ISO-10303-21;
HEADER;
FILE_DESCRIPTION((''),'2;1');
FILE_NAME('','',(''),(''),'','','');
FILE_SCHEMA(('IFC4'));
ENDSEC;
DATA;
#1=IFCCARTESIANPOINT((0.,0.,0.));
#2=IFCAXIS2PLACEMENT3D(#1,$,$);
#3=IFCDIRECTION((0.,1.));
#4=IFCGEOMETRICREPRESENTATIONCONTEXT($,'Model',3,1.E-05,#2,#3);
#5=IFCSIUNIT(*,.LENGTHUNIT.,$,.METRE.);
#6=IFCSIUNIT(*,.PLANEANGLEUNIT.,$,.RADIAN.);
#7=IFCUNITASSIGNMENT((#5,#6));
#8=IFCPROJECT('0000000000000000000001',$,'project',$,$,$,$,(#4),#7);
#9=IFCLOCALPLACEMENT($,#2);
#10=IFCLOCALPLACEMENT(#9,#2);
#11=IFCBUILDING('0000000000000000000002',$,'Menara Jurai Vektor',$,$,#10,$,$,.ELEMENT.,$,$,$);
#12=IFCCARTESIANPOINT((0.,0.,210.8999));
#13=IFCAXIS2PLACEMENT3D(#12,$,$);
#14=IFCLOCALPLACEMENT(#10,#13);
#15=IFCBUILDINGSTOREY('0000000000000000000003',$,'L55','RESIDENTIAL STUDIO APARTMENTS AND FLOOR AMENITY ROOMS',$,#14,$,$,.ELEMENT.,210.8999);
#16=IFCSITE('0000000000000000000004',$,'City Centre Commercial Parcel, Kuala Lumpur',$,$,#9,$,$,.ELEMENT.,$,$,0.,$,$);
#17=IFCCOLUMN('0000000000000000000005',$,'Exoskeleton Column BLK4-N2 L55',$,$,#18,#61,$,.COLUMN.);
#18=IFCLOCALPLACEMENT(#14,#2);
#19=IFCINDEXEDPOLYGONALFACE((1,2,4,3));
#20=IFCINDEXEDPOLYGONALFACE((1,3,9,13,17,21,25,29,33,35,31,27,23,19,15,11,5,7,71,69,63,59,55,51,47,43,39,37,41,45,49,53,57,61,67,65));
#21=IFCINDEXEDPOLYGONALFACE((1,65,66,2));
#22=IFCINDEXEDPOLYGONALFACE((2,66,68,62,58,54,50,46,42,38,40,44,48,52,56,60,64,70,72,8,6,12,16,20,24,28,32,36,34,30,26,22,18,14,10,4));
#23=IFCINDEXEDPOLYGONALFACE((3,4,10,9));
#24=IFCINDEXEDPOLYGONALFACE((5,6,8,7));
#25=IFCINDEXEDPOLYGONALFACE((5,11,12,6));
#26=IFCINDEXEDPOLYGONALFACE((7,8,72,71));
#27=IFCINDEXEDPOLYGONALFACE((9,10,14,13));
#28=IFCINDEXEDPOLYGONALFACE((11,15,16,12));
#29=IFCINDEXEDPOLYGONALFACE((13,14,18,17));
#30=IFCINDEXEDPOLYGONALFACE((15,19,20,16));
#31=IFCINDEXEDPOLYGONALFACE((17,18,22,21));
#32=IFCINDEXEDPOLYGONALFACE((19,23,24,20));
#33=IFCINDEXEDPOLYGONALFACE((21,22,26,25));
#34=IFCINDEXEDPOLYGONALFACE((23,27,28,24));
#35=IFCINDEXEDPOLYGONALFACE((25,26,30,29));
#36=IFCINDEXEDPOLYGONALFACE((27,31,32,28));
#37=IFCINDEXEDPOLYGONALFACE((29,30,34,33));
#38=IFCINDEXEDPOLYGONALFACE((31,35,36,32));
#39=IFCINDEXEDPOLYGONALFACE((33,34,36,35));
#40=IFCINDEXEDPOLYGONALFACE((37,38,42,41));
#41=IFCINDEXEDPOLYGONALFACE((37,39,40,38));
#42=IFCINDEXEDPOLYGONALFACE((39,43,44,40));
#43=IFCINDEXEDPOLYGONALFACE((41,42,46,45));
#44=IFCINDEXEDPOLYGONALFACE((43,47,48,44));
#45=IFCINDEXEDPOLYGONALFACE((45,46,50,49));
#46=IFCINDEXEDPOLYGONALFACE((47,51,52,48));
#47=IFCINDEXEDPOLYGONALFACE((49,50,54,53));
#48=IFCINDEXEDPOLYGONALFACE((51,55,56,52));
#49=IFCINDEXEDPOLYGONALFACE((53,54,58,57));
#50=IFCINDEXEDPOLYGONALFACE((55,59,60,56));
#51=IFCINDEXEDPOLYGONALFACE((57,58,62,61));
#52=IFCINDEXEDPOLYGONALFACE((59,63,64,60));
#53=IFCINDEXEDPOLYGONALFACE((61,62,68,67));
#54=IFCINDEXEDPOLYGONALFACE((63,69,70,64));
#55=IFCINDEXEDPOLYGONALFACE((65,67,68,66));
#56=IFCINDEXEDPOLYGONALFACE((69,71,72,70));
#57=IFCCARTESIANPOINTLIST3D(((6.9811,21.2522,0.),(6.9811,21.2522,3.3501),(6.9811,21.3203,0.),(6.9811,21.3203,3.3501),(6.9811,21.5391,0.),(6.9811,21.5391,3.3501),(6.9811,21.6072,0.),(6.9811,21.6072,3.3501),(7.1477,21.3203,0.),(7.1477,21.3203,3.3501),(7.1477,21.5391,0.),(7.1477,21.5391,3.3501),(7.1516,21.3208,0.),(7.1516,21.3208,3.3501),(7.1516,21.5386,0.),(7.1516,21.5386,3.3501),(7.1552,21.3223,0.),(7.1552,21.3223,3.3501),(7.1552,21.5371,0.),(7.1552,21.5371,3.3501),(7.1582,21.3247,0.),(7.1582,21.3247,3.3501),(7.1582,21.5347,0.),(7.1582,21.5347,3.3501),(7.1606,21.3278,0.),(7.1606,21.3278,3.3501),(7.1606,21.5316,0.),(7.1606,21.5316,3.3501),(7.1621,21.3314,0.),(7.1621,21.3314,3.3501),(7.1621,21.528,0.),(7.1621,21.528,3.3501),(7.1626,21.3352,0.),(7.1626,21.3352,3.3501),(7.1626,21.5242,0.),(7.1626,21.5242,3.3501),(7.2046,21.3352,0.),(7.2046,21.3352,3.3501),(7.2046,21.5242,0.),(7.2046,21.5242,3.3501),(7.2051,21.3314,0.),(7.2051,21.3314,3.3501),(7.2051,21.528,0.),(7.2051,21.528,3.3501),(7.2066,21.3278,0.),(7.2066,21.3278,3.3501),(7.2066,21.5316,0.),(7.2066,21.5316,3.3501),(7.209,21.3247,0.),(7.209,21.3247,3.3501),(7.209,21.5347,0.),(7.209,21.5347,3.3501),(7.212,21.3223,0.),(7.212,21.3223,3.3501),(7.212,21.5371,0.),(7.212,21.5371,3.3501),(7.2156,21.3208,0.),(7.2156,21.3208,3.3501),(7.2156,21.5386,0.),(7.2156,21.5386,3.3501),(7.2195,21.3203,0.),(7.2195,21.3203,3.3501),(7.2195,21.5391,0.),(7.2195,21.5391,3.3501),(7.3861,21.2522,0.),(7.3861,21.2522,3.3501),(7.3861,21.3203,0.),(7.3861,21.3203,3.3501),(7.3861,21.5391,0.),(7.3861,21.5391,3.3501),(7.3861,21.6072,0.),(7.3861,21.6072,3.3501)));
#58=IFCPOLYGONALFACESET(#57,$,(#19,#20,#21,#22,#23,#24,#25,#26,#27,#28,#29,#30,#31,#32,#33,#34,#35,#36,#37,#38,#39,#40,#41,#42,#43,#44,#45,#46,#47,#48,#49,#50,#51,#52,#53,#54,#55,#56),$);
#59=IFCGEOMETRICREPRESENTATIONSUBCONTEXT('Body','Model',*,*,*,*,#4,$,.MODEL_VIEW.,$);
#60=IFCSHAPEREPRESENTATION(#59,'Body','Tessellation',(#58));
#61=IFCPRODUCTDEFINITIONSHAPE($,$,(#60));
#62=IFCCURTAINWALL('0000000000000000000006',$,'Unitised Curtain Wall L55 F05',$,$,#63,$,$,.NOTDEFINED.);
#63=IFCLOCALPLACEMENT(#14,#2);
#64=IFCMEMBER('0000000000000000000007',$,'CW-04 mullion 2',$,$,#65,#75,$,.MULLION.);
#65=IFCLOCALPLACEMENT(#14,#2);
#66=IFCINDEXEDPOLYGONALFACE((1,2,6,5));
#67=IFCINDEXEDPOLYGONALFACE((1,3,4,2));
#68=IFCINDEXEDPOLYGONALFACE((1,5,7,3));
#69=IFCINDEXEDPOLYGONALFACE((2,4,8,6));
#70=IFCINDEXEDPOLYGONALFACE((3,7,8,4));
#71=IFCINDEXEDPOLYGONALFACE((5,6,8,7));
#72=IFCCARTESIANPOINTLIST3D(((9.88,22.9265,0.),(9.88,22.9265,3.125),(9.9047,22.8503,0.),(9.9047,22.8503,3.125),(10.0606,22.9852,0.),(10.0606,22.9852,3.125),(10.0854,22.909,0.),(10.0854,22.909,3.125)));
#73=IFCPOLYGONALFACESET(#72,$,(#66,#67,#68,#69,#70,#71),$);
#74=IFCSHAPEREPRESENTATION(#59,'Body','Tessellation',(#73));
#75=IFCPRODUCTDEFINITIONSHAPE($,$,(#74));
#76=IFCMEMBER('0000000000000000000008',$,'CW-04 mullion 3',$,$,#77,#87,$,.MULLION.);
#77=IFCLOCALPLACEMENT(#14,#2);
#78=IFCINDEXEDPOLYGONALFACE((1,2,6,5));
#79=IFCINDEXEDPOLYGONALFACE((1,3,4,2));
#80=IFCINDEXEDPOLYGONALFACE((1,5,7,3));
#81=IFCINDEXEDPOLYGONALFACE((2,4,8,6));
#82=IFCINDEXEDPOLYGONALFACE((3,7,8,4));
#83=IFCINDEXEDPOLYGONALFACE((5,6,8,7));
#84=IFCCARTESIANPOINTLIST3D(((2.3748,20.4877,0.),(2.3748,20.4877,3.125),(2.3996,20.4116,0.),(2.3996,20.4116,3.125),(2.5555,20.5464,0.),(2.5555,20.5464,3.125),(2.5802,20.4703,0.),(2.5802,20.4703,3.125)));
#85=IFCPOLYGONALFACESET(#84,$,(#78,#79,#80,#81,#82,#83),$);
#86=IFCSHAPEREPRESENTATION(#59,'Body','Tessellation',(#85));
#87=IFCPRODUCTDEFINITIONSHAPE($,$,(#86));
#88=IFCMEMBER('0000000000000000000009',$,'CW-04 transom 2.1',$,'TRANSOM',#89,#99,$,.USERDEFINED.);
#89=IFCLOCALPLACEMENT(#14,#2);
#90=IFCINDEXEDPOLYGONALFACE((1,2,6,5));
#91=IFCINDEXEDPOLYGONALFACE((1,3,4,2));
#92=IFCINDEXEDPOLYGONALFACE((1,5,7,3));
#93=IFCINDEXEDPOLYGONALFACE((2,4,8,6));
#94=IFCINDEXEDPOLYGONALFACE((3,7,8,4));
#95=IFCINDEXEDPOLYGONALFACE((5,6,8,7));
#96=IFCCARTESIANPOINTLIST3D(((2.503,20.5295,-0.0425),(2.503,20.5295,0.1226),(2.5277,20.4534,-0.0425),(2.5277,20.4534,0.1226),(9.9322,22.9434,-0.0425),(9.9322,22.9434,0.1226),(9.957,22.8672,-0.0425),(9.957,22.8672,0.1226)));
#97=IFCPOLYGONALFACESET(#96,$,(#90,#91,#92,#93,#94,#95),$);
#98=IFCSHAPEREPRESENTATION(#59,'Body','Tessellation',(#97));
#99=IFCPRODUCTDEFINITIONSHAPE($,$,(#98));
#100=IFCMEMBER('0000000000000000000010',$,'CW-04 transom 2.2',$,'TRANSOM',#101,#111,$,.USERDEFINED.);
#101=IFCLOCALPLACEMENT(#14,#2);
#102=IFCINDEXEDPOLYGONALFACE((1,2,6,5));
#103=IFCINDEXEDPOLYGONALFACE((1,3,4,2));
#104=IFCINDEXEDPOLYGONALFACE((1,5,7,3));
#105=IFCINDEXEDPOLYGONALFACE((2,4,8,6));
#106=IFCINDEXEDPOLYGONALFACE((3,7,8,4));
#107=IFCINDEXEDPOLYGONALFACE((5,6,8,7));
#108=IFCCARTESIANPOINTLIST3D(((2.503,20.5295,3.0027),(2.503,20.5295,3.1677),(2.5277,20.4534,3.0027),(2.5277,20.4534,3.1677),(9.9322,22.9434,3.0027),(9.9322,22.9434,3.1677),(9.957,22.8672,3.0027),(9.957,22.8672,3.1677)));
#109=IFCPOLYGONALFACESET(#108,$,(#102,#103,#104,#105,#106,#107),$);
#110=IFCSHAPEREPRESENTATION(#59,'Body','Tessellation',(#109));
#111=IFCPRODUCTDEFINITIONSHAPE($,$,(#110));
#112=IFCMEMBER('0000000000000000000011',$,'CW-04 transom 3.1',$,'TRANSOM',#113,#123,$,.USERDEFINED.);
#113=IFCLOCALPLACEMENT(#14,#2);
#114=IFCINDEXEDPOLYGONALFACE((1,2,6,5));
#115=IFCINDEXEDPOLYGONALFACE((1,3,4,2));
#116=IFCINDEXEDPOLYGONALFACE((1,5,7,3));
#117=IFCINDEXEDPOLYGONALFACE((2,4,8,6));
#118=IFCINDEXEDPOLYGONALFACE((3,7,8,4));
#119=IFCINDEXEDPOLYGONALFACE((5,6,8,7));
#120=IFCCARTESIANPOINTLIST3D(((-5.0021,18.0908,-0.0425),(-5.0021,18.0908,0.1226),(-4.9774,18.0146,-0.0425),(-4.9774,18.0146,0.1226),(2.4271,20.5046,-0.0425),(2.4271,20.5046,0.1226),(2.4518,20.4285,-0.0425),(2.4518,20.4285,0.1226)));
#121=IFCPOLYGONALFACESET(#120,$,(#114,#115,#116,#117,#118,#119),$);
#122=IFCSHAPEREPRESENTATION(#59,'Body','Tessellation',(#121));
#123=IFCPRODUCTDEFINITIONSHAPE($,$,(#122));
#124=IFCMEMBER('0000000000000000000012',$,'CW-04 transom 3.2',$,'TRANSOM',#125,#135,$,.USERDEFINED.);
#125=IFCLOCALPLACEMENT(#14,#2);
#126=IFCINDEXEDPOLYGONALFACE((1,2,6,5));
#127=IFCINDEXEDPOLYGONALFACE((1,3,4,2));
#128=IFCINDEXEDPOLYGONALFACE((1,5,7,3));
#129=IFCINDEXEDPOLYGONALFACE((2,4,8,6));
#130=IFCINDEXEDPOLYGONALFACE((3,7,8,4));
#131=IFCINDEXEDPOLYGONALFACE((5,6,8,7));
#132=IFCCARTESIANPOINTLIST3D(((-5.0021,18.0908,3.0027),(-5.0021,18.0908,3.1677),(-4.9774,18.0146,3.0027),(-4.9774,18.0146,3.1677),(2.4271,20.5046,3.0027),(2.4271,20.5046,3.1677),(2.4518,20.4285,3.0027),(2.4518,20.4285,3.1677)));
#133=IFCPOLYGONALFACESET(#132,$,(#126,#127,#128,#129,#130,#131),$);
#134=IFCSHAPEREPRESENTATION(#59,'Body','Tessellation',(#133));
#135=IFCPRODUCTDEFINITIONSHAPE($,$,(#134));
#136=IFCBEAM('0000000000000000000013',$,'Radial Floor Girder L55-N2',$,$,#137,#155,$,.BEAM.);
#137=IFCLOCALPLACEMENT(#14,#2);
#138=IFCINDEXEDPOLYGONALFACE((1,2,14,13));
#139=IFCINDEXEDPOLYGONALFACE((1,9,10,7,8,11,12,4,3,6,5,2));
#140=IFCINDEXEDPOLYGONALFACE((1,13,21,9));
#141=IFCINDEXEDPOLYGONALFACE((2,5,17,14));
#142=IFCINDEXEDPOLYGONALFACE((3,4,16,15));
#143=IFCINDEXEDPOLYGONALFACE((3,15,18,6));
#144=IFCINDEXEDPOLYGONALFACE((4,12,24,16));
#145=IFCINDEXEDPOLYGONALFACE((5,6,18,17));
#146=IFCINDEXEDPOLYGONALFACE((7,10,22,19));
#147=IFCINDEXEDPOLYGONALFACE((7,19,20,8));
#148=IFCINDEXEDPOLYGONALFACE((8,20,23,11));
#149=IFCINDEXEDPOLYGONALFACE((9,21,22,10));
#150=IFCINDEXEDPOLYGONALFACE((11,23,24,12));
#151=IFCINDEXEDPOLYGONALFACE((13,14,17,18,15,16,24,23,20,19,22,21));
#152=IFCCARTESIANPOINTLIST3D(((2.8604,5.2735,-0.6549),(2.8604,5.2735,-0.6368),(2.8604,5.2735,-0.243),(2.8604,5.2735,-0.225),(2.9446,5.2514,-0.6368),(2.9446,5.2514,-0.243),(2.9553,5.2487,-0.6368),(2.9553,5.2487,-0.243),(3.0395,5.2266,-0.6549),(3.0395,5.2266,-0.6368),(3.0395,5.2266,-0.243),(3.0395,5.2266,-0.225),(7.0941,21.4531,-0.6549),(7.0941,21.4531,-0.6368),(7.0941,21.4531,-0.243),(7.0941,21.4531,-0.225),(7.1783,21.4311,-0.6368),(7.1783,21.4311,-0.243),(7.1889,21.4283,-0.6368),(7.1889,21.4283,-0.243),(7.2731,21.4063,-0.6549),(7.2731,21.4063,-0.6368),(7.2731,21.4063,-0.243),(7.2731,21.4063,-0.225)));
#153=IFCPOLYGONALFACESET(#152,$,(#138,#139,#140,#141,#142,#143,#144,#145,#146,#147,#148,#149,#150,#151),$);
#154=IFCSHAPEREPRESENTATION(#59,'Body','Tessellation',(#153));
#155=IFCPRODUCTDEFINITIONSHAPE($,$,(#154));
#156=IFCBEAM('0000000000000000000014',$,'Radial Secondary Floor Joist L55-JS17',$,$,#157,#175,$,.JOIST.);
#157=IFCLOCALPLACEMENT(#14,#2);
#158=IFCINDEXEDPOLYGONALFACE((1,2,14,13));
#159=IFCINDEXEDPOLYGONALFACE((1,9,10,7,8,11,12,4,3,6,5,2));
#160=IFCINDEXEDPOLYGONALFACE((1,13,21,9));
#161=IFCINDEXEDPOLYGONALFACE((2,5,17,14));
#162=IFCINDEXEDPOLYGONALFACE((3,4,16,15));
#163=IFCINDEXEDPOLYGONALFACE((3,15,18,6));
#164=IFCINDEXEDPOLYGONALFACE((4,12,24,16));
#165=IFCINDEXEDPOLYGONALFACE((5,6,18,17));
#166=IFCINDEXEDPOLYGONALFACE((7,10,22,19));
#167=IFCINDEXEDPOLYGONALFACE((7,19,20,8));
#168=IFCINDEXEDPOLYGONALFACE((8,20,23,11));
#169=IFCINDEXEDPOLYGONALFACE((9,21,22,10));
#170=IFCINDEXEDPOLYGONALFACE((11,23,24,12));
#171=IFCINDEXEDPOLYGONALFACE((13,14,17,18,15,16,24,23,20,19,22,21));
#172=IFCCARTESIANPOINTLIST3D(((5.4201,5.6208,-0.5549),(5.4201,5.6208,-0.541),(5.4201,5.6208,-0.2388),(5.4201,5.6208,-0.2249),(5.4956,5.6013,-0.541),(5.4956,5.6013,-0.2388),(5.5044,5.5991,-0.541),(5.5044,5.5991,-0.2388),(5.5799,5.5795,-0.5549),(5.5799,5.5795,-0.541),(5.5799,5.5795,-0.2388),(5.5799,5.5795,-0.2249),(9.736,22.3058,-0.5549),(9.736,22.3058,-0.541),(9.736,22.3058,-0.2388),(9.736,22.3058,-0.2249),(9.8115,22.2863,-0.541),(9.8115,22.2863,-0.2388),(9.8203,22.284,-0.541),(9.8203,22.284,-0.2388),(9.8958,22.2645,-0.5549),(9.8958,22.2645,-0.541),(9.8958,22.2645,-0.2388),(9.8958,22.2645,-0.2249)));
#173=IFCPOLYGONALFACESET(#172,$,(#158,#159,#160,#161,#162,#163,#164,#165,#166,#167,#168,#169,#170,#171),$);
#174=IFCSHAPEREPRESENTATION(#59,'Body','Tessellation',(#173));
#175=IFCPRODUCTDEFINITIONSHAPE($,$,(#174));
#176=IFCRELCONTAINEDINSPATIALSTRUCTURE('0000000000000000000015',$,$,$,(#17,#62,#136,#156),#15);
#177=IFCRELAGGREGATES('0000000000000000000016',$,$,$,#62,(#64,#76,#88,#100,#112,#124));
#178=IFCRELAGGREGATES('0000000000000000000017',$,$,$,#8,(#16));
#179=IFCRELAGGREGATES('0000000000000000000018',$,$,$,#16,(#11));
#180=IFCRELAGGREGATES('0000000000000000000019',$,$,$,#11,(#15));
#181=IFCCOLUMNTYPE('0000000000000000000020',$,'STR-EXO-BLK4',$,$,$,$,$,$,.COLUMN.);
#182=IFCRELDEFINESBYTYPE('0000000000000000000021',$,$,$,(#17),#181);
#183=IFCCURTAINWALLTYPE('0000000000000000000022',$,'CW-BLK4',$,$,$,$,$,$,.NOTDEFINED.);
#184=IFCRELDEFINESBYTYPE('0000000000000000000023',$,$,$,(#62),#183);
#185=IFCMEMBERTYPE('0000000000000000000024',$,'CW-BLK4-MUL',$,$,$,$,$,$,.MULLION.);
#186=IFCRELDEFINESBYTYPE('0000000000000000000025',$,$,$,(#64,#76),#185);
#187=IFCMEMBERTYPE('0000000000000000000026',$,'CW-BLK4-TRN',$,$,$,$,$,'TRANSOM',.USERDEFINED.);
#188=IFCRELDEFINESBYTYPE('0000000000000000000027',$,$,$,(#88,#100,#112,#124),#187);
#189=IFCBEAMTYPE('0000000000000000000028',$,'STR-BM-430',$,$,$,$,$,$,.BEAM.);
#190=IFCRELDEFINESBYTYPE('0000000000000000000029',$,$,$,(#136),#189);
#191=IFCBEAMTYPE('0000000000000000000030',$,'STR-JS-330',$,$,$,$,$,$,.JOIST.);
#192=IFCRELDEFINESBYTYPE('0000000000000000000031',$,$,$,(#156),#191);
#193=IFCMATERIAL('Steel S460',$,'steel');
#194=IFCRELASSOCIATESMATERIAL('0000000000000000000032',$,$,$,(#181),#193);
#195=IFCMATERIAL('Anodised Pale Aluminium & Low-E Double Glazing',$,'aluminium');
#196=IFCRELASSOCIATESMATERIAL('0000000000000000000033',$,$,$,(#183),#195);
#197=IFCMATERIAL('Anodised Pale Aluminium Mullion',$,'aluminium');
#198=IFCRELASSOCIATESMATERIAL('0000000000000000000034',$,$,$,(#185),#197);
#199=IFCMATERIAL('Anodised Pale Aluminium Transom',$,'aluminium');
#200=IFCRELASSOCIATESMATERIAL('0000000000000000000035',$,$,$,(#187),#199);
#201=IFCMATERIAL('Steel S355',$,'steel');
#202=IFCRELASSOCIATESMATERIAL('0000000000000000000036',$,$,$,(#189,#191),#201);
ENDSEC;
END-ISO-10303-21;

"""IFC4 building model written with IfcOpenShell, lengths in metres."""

from ifc_helpers import new_model, si_unit, direction, frame, origin, origin_2d, place, context, subcontext, project, spatial, rectangle, i_section, extrude, material, material_profile, profile_set, type_object, element, aggregate, save


model = new_model("IFC4")

# Units and contexts
model_context = context("Model", 3, precision=1e-05, world=origin(), true_north=direction((0.0, 1.0)))
body_context = subcontext(model_context, "Body", "Model", "MODEL_VIEW")
ifc_project = project(units=[si_unit("LENGTHUNIT", "METRE"), si_unit("PLANEANGLEUNIT", "RADIAN")], contexts=[model_context])

# Site, building, storey
site_placement = place(None, origin())
site = spatial("IfcSite", under=ifc_project, at=site_placement, Name="City Centre Commercial Parcel, Kuala Lumpur", CompositionType="ELEMENT", RefElevation=0.0)
building_placement = place(site_placement, origin())
building = spatial("IfcBuilding", under=site, at=building_placement, Name="Menara Jurai Vektor", CompositionType="ELEMENT")
storey_placement = place(building_placement, frame((0.0, 0.0, 210.8999)))
storey = spatial("IfcBuildingStorey", under=building, at=storey_placement, Name="L55", Description="RESIDENTIAL STUDIO APARTMENTS AND FLOOR AMENITY ROOMS", CompositionType="ELEMENT", Elevation=210.8999)

# Column
ifc_material_1 = material(Name="Steel S460", Category="steel")
ifc_material_profile_1 = material_profile(ifc_material_1, i_section(OverallWidth=0.405, OverallDepth=0.355, WebThickness=0.042, FlangeThickness=0.0681, FilletRadius=0.0149, at=origin_2d()), Name="HD 400x551")
ifc_profile_set_1 = profile_set([ifc_material_profile_1], Name="Steel S460")
column_type = type_object("IfcColumnType", Name="STR-EXO-BLK4", PredefinedType="COLUMN", material=ifc_profile_set_1)
column_placement = place(storey_placement, frame((7.1836, 21.4297, 0.0), z_axis=(0.0, 0.0, 1.0), x_axis=(1.0, 0.0, 0.0)))
element("IfcColumn", 1, at=column_placement, inside=storey, type_object=column_type, Name="Exoskeleton Column BLK4-N2 L55", PredefinedType="COLUMN", context=body_context, shape_type="SweptSolid", body=[
    extrude(i_section(OverallWidth=0.405, OverallDepth=0.355, WebThickness=0.042, FlangeThickness=0.0681, FilletRadius=0.0149, at=origin_2d()), origin(), (0.0, 0.0, 1.0), 3.3501),
])

# Curtain wall, members
ifc_material_2 = material(Name="Anodised Pale Aluminium & Low-E Double Glazing", Category="aluminium")
curtain_wall_type = type_object("IfcCurtainWallType", Name="CW-BLK4", PredefinedType="NOTDEFINED", material=ifc_material_2)
curtain_wall_placement = place(storey_placement, origin())
curtain_wall = element("IfcCurtainWall", 2, at=curtain_wall_placement, inside=storey, type_object=curtain_wall_type, Name="Unitised Curtain Wall L55 F05", PredefinedType="NOTDEFINED")
ifc_material_3 = material(Name="Anodised Pale Aluminium Mullion", Category="aluminium")
ifc_material_profile_2 = material_profile(ifc_material_3, rectangle(XDim=0.0801, YDim=0.1899, at=origin_2d()), Name="ALU MUL 80x190")
ifc_profile_set_2 = profile_set([ifc_material_profile_2], Name="Anodised Pale Aluminium Mullion")
member_type_1 = type_object("IfcMemberType", Name="CW-BLK4-MUL", PredefinedType="MULLION", material=ifc_profile_set_2)
member_1_placement = place(storey_placement, frame((9.9827, 22.9177, 0.0), z_axis=(0.0, 0.0, 1.0), x_axis=(0.309017, -0.951056, 0.0)))
member_1 = element("IfcMember", 3, at=member_1_placement, type_object=member_type_1, Name="CW-04 mullion 2", PredefinedType="MULLION", context=body_context, shape_type="SweptSolid", body=[
    extrude(rectangle(XDim=0.0801, YDim=0.1899, at=origin_2d()), origin(), (0.0, 0.0, 1.0), 3.125),
])
member_2_placement = place(storey_placement, frame((2.4775, 20.479, 0.0), z_axis=(0.0, 0.0, 1.0), x_axis=(0.309017, -0.951056, 0.0)))
member_2 = element("IfcMember", 4, at=member_2_placement, type_object=member_type_1, Name="CW-04 mullion 3", PredefinedType="MULLION", context=body_context, shape_type="SweptSolid", body=[
    extrude(rectangle(XDim=0.0801, YDim=0.1899, at=origin_2d()), origin(), (0.0, 0.0, 1.0), 3.125),
])
ifc_material_4 = material(Name="Anodised Pale Aluminium Transom", Category="aluminium")
ifc_material_profile_3 = material_profile(ifc_material_4, rectangle(XDim=0.0801, YDim=0.165, at=origin_2d()), Name="ALU TRN 80x165")
ifc_profile_set_3 = profile_set([ifc_material_profile_3], Name="Anodised Pale Aluminium Transom")
member_type_2 = type_object("IfcMemberType", Name="CW-BLK4-TRN", ElementType="TRANSOM", PredefinedType="USERDEFINED", material=ifc_profile_set_3)
member_3_placement = place(storey_placement, frame((9.9446, 22.9053, 0.04), z_axis=(-0.951059, -0.309008, 0.0), x_axis=(0.309008, -0.951059, 0.0)))
member_3 = element("IfcMember", 5, at=member_3_placement, type_object=member_type_2, Name="CW-04 transom 2.1", ObjectType="TRANSOM", PredefinedType="USERDEFINED", context=body_context, shape_type="SweptSolid", body=[
    extrude(rectangle(XDim=0.0801, YDim=0.165, at=origin_2d()), origin(), (0.0, 0.0, 1.0), 7.8115),
])
member_4_placement = place(storey_placement, frame((9.9446, 22.9053, 3.0852), z_axis=(-0.951059, -0.309008, 0.0), x_axis=(0.309008, -0.951059, 0.0)))
member_4 = element("IfcMember", 6, at=member_4_placement, type_object=member_type_2, Name="CW-04 transom 2.2", ObjectType="TRANSOM", PredefinedType="USERDEFINED", context=body_context, shape_type="SweptSolid", body=[
    extrude(rectangle(XDim=0.0801, YDim=0.165, at=origin_2d()), origin(), (0.0, 0.0, 1.0), 7.8115),
])
member_5_placement = place(storey_placement, frame((2.4395, 20.4666, 0.04), z_axis=(-0.951059, -0.309008, 0.0), x_axis=(0.309008, -0.951059, 0.0)))
member_5 = element("IfcMember", 7, at=member_5_placement, type_object=member_type_2, Name="CW-04 transom 3.1", ObjectType="TRANSOM", PredefinedType="USERDEFINED", context=body_context, shape_type="SweptSolid", body=[
    extrude(rectangle(XDim=0.0801, YDim=0.165, at=origin_2d()), origin(), (0.0, 0.0, 1.0), 7.8115),
])
member_6_placement = place(storey_placement, frame((2.4395, 20.4666, 3.0852), z_axis=(-0.951059, -0.309008, 0.0), x_axis=(0.309008, -0.951059, 0.0)))
member_6 = element("IfcMember", 8, at=member_6_placement, type_object=member_type_2, Name="CW-04 transom 3.2", ObjectType="TRANSOM", PredefinedType="USERDEFINED", context=body_context, shape_type="SweptSolid", body=[
    extrude(rectangle(XDim=0.0801, YDim=0.165, at=origin_2d()), origin(), (0.0, 0.0, 1.0), 7.8115),
])

# Beams
ifc_material_5 = material(Name="Steel S355", Category="steel")
ifc_material_profile_4 = material_profile(ifc_material_5, i_section(OverallWidth=0.1851, OverallDepth=0.4299, WebThickness=0.011, FlangeThickness=0.0181, at=origin_2d()), Name="PG 430x185x76")
ifc_profile_set_4 = profile_set([ifc_material_profile_4], Name="Steel S355")
beam_type_1 = type_object("IfcBeamType", Name="STR-BM-430", PredefinedType="BEAM", material=ifc_profile_set_4)
beam_1_placement = place(storey_placement, frame((7.1836, 21.4297, -0.4399), z_axis=(-0.253141, -0.967429, 0.0), x_axis=(0.967429, -0.253141, 0.0)))
element("IfcBeam", 9, at=beam_1_placement, inside=storey, type_object=beam_type_1, Name="Radial Floor Girder L55-N2", PredefinedType="BEAM", context=body_context, shape_type="SweptSolid", body=[
    extrude(i_section(OverallWidth=0.1851, OverallDepth=0.4299, WebThickness=0.011, FlangeThickness=0.0181, at=origin_2d()), origin(), (0.0, 0.0, 1.0), 16.7244),
])
ifc_material_profile_5 = material_profile(ifc_material_5, i_section(OverallWidth=0.165, OverallDepth=0.3301, WebThickness=0.009, FlangeThickness=0.0139, at=origin_2d()), Name="PG 330x165x46")
ifc_profile_set_5 = profile_set([ifc_material_profile_5], Name="Steel S355")
beam_type_2 = type_object("IfcBeamType", Name="STR-JS-330", PredefinedType="JOIST", material=ifc_profile_set_5)
beam_2_placement = place(storey_placement, frame((9.8159, 22.2852, -0.3899), z_axis=(-0.250427, -0.968135, 0.0), x_axis=(0.968135, -0.250427, 0.0)))
element("IfcBeam", 10, at=beam_2_placement, inside=storey, type_object=beam_type_2, Name="Radial Secondary Floor Joist L55-JS17", PredefinedType="JOIST", context=body_context, shape_type="SweptSolid", body=[
    extrude(i_section(OverallWidth=0.165, OverallDepth=0.3301, WebThickness=0.009, FlangeThickness=0.0139, at=origin_2d()), origin(), (0.0, 0.0, 1.0), 17.2341),
])

aggregate(curtain_wall, [member_1, member_2, member_3, member_4, member_5, member_6])

save(model, "model.ifc")
